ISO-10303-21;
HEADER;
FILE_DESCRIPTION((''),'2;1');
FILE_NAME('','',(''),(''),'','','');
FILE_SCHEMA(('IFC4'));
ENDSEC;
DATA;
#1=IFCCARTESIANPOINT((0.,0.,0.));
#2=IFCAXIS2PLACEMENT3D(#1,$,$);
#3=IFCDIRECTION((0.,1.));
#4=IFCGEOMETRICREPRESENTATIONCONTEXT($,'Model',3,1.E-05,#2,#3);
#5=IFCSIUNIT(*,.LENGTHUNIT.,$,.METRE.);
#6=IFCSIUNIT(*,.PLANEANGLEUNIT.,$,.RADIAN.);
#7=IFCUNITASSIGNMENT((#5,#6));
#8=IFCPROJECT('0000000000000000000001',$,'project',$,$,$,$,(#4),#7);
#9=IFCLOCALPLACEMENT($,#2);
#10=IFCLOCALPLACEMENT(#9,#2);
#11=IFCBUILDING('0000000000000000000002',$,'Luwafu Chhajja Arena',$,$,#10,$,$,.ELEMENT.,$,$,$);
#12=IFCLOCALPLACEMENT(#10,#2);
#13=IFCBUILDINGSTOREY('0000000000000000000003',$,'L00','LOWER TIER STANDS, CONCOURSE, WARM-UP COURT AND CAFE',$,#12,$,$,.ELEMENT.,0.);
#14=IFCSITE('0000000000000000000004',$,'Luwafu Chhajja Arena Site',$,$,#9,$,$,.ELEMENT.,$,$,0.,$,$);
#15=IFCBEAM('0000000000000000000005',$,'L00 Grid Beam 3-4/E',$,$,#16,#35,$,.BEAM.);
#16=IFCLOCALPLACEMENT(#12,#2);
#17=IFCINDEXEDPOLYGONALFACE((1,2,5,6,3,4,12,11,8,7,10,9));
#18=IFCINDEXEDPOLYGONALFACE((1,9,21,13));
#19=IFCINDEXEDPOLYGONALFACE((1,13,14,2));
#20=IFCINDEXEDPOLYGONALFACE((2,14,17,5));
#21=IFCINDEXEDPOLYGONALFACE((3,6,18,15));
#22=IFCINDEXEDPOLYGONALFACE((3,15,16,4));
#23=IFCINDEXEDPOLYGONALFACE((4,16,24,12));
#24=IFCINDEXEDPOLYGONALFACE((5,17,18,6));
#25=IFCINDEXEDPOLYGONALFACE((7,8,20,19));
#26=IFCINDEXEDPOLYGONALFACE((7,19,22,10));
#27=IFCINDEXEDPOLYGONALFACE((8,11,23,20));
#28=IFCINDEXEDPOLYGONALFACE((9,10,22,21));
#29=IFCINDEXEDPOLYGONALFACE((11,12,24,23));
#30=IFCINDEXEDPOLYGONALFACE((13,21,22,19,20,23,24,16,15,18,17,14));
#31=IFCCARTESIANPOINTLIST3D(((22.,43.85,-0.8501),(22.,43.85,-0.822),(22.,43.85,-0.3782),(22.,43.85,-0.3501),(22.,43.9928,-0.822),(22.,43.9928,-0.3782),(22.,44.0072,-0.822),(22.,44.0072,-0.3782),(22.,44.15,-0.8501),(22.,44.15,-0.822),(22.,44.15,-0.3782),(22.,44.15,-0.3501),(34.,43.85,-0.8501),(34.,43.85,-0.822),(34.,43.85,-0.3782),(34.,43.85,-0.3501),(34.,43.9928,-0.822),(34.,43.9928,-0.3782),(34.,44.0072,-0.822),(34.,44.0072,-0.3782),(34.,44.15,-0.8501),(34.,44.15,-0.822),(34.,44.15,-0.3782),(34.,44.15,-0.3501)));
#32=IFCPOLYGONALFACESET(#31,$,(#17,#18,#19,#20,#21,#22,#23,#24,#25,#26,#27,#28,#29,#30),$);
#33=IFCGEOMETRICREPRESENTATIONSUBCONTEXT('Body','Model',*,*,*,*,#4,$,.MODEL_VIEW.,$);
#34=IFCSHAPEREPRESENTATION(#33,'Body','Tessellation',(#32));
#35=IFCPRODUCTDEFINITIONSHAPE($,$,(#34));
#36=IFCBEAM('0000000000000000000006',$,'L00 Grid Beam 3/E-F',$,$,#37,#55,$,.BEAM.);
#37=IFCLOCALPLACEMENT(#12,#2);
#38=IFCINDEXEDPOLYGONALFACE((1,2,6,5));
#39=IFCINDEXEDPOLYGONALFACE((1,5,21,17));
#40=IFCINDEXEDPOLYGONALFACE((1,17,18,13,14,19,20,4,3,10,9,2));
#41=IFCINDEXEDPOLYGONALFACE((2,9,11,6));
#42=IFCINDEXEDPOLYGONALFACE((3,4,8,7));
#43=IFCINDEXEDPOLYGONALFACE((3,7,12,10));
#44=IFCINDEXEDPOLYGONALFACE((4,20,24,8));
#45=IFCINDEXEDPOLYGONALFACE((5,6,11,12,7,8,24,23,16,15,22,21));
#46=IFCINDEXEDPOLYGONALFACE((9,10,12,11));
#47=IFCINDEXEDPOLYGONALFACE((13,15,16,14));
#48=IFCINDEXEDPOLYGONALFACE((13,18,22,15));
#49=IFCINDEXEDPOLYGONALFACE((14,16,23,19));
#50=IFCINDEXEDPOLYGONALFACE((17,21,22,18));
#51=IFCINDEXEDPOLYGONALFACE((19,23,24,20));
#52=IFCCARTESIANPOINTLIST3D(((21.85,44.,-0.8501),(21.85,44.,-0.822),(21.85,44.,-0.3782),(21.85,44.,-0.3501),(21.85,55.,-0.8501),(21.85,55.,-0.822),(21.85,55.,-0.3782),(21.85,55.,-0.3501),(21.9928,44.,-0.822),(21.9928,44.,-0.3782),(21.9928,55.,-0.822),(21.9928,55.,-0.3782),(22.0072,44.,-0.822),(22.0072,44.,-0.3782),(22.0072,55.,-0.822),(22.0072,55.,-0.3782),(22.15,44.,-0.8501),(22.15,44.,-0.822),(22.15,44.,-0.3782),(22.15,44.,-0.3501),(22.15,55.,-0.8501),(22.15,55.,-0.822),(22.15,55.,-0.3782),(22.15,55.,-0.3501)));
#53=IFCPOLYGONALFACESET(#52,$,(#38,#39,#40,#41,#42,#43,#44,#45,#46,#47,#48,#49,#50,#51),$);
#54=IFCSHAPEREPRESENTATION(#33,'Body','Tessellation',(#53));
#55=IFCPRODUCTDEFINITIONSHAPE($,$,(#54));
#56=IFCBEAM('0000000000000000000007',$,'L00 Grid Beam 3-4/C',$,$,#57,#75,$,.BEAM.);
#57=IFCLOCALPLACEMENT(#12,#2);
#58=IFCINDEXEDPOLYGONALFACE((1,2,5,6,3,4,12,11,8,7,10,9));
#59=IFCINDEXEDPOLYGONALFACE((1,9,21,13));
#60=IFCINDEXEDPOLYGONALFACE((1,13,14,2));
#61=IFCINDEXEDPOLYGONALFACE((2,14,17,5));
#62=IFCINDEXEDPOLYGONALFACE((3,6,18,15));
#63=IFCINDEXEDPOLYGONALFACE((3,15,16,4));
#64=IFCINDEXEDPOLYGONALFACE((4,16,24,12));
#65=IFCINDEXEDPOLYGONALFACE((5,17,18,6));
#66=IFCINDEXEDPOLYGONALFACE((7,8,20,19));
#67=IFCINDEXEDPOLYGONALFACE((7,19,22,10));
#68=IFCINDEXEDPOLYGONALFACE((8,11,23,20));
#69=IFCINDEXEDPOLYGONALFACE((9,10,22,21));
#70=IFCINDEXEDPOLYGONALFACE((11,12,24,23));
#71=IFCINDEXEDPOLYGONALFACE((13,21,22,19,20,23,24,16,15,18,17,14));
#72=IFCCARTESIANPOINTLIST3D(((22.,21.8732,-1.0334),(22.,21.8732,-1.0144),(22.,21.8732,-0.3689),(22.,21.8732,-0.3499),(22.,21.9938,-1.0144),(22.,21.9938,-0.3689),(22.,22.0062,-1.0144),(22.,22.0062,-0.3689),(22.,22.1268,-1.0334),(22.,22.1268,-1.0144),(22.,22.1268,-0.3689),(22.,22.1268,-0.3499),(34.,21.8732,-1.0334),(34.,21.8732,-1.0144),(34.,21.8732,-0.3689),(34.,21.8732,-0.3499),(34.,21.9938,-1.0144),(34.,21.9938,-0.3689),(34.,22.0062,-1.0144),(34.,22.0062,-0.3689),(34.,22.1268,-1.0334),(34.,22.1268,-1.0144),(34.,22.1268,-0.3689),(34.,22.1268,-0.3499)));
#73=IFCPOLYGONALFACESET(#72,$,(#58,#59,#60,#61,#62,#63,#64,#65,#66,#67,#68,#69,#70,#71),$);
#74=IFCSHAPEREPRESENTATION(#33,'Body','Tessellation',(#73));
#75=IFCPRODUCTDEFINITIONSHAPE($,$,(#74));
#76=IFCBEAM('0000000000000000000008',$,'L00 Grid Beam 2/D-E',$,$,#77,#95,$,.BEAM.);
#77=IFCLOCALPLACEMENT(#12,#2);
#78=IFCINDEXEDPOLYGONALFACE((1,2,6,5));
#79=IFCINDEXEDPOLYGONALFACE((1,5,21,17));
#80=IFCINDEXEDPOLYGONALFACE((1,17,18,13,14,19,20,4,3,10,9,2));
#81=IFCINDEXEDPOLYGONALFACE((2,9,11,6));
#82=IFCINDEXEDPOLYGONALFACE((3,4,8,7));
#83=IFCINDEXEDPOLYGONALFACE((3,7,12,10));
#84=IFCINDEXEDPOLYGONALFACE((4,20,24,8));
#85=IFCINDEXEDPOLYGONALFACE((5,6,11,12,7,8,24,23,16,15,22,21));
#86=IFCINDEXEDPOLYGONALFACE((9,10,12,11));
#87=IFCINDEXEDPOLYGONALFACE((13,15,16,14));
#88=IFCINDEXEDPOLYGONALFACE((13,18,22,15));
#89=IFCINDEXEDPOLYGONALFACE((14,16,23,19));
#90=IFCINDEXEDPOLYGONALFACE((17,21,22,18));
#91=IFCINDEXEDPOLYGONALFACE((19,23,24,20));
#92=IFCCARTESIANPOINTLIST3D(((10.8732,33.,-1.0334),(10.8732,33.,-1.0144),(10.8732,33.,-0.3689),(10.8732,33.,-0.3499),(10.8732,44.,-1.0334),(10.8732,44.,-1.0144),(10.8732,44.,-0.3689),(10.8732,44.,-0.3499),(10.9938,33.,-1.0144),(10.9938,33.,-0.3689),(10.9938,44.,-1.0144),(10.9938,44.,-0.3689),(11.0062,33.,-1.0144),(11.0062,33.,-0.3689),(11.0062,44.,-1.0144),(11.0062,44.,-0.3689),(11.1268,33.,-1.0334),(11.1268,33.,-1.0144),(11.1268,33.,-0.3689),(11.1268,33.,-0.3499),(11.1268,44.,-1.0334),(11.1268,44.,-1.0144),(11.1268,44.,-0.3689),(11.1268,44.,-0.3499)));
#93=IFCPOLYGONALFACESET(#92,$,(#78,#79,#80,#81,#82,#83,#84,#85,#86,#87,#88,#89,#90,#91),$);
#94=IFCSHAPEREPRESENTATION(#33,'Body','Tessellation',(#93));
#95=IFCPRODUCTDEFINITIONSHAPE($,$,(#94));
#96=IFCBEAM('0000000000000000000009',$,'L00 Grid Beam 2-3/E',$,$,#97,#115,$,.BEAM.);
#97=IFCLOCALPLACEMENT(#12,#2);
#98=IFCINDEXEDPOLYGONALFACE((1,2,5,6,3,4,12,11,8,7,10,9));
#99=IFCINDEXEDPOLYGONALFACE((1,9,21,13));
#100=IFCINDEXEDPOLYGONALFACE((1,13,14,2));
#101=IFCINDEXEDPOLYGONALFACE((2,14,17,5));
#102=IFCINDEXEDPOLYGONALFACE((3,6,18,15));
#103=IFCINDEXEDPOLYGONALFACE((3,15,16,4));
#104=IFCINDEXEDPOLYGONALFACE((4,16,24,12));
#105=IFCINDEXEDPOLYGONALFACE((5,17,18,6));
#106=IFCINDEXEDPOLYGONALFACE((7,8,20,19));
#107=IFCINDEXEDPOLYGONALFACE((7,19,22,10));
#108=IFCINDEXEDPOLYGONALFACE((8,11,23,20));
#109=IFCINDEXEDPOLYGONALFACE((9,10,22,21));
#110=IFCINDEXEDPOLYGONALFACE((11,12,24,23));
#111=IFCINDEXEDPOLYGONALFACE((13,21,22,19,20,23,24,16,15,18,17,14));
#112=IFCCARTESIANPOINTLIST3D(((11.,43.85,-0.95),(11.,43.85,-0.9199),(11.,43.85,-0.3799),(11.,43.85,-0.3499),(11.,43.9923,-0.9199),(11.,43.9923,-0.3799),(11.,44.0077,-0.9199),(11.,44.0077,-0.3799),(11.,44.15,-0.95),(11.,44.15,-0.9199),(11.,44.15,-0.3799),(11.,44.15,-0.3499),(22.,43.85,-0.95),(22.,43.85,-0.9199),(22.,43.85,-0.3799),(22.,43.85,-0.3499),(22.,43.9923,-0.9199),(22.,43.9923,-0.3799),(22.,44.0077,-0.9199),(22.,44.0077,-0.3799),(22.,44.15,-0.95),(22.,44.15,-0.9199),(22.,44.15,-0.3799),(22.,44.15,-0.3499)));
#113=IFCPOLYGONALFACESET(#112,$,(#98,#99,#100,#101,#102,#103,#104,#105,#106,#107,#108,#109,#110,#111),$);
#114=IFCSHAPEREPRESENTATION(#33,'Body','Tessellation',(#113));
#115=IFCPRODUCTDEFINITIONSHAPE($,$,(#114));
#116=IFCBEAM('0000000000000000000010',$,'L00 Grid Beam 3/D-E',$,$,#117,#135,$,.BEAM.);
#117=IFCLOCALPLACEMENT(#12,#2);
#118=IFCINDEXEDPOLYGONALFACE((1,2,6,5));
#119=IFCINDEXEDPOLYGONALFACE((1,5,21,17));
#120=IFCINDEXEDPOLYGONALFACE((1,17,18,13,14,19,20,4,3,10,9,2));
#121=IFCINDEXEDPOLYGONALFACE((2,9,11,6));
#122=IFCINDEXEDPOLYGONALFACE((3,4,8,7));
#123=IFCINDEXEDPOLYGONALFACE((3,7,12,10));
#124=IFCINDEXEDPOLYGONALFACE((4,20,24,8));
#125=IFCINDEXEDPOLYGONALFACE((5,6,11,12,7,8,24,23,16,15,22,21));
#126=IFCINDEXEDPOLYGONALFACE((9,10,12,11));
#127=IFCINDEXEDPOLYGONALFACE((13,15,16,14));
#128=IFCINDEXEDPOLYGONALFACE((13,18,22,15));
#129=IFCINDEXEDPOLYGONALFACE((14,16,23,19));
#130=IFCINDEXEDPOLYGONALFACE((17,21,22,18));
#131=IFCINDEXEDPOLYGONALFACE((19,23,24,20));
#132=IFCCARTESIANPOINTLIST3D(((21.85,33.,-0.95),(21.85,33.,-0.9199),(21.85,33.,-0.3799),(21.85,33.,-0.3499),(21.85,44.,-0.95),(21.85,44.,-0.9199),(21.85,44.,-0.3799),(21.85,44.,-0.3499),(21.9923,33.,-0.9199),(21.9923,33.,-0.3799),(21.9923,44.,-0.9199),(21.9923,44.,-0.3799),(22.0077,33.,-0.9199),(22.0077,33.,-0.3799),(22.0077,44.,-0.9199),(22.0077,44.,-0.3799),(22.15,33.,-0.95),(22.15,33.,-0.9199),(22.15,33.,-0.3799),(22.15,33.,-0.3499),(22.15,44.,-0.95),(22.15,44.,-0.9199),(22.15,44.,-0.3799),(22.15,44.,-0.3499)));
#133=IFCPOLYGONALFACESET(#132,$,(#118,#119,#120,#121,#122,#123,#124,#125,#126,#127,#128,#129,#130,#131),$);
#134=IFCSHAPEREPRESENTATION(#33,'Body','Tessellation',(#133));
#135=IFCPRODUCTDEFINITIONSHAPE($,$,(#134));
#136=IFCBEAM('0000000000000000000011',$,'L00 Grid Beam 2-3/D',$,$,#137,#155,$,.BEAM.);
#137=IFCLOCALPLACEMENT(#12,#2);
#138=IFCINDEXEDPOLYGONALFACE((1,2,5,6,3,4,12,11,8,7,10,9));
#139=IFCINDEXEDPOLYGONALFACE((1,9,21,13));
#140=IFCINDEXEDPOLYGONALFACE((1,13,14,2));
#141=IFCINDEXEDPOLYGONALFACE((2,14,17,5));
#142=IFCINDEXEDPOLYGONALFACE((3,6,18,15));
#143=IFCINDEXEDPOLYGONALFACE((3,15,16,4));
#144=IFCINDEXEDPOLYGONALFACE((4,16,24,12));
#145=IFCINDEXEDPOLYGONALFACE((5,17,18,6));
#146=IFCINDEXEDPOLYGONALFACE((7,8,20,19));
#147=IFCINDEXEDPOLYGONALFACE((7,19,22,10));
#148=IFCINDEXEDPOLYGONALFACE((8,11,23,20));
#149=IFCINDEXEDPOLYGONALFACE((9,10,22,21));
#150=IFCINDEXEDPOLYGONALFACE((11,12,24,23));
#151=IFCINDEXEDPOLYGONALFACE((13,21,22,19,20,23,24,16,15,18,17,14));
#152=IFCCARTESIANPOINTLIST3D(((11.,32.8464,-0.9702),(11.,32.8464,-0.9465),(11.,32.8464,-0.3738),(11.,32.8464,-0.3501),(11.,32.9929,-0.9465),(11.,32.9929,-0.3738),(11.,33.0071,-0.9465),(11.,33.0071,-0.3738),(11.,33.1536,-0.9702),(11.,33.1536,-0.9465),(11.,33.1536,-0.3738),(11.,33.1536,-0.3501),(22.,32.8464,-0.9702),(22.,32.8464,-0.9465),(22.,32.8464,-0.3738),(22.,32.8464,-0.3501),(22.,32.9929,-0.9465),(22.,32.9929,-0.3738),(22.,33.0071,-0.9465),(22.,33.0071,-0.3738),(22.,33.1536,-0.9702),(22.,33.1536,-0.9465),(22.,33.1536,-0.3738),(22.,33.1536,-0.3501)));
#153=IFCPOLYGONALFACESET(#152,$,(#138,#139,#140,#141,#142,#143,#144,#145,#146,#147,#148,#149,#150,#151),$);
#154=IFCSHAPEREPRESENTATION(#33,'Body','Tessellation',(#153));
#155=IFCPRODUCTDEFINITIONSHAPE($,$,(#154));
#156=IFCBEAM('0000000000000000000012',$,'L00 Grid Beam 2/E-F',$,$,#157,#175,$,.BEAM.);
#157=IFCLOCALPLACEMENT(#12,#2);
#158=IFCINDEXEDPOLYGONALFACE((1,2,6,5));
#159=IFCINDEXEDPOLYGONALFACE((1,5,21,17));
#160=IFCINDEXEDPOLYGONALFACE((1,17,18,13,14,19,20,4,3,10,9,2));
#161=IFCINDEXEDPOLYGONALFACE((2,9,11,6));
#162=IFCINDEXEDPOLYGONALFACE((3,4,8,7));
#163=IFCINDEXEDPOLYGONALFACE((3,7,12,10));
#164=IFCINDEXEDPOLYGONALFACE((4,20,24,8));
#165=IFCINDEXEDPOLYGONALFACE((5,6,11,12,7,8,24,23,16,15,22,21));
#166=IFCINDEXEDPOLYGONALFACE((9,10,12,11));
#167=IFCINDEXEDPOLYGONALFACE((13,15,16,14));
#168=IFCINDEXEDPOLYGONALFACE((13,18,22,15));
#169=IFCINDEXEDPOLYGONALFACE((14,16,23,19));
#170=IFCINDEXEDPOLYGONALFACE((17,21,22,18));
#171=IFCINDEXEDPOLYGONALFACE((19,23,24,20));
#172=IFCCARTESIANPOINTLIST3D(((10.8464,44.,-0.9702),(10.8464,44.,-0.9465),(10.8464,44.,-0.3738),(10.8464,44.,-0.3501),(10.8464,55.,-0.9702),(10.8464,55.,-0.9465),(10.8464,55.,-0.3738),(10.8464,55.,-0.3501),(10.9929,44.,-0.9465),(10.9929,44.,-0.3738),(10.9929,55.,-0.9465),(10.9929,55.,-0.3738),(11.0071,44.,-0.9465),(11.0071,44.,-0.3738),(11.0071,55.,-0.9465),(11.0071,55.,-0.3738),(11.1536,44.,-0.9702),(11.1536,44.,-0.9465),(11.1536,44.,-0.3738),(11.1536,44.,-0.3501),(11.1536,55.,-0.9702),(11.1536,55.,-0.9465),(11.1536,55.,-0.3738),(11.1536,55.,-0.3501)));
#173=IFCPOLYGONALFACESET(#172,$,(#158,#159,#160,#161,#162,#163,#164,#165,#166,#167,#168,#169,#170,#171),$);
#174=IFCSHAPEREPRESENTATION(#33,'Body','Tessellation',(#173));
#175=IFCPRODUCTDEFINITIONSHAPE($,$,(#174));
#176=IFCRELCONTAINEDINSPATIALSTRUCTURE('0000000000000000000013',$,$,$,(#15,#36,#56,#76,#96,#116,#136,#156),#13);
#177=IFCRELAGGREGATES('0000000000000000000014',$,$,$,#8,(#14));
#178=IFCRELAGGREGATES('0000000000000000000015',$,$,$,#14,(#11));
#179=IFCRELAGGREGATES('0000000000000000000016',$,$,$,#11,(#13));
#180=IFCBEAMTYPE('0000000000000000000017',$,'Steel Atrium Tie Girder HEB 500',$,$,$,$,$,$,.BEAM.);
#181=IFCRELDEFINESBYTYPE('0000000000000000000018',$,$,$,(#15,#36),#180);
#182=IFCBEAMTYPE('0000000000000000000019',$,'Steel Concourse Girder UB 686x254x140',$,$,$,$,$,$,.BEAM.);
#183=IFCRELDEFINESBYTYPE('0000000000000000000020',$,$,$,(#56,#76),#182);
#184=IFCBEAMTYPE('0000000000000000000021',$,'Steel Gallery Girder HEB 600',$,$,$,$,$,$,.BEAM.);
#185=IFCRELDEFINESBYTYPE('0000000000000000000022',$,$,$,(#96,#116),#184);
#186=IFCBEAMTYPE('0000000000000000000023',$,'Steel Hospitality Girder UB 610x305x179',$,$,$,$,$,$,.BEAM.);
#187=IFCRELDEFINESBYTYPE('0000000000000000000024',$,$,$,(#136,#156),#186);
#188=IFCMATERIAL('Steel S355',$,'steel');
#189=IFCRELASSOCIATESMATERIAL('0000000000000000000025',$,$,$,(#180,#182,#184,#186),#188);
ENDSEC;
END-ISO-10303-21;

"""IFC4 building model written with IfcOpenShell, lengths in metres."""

from ifc_helpers import new_model, si_unit, direction, frame, origin, origin_2d, place, context, subcontext, project, spatial, i_section, extrude, material, material_profile, profile_set, type_object, element, save


model = new_model("IFC4")

# Units and contexts
model_context = context("Model", 3, precision=1e-05, world=origin(), true_north=direction((0.0, 1.0)))
body_context = subcontext(model_context, "Body", "Model", "MODEL_VIEW")
ifc_project = project(units=[si_unit("LENGTHUNIT", "METRE"), si_unit("PLANEANGLEUNIT", "RADIAN")], contexts=[model_context])

# Site, building, storey
site_placement = place(None, origin())
site = spatial("IfcSite", under=ifc_project, at=site_placement, Name="Luwafu Chhajja Arena Site", CompositionType="ELEMENT", RefElevation=0.0)
building_placement = place(site_placement, origin())
building = spatial("IfcBuilding", under=site, at=building_placement, Name="Luwafu Chhajja Arena", CompositionType="ELEMENT")
storey_placement = place(building_placement, origin())
storey = spatial("IfcBuildingStorey", under=building, at=storey_placement, Name="L00", Description="LOWER TIER STANDS, CONCOURSE, WARM-UP COURT AND CAFE", CompositionType="ELEMENT", Elevation=0.0)

# Shared definitions
ifc_material_1 = material(Name="Steel S355", Category="steel")

# Beams
ifc_material_profile_1 = material_profile(ifc_material_1, i_section(OverallWidth=0.3, OverallDepth=0.5, WebThickness=0.0144, FlangeThickness=0.0281, at=origin_2d()), Name="HEB 500")
ifc_profile_set_1 = profile_set([ifc_material_profile_1], Name="Steel S355")
beam_type_1 = type_object("IfcBeamType", Name="Steel Atrium Tie Girder HEB 500", PredefinedType="BEAM", material=ifc_profile_set_1)
beam_1_placement = place(storey_placement, frame((22.0, 44.0, -0.6001), z_axis=(1.0, 0.0, 0.0), x_axis=(0.0, 1.0, 0.0)))
element("IfcBeam", 1, at=beam_1_placement, inside=storey, type_object=beam_type_1, Name="L00 Grid Beam 3-4/E", PredefinedType="BEAM", context=body_context, shape_type="SweptSolid", body=[
    extrude(i_section(OverallWidth=0.3, OverallDepth=0.5, WebThickness=0.0144, FlangeThickness=0.0281, at=origin_2d()), origin(), (0.0, 0.0, 1.0), 12.0),
])
beam_2_placement = place(storey_placement, frame((22.0, 44.0, -0.6001), z_axis=(0.0, 1.0, 0.0), x_axis=(-1.0, 0.0, 0.0)))
element("IfcBeam", 2, at=beam_2_placement, inside=storey, type_object=beam_type_1, Name="L00 Grid Beam 3/E-F", PredefinedType="BEAM", context=body_context, shape_type="SweptSolid", body=[
    extrude(i_section(OverallWidth=0.3, OverallDepth=0.5, WebThickness=0.0144, FlangeThickness=0.0281, at=origin_2d()), origin(), (0.0, 0.0, 1.0), 11.0),
])
ifc_material_profile_2 = material_profile(ifc_material_1, i_section(OverallWidth=0.2537, OverallDepth=0.6836, WebThickness=0.0125, FlangeThickness=0.019, at=origin_2d()), Name="UB 686x254x140")
ifc_profile_set_2 = profile_set([ifc_material_profile_2], Name="Steel S355")
beam_type_2 = type_object("IfcBeamType", Name="Steel Concourse Girder UB 686x254x140", PredefinedType="BEAM", material=ifc_profile_set_2)
beam_3_placement = place(storey_placement, frame((22.0, 22.0, -0.6917), z_axis=(1.0, 0.0, 0.0), x_axis=(0.0, 1.0, 0.0)))
element("IfcBeam", 3, at=beam_3_placement, inside=storey, type_object=beam_type_2, Name="L00 Grid Beam 3-4/C", PredefinedType="BEAM", context=body_context, shape_type="SweptSolid", body=[
    extrude(i_section(OverallWidth=0.2537, OverallDepth=0.6836, WebThickness=0.0125, FlangeThickness=0.019, at=origin_2d()), origin(), (0.0, 0.0, 1.0), 12.0),
])
beam_4_placement = place(storey_placement, frame((11.0, 33.0, -0.6917), z_axis=(0.0, 1.0, 0.0), x_axis=(-1.0, 0.0, 0.0)))
element("IfcBeam", 4, at=beam_4_placement, inside=storey, type_object=beam_type_2, Name="L00 Grid Beam 2/D-E", PredefinedType="BEAM", context=body_context, shape_type="SweptSolid", body=[
    extrude(i_section(OverallWidth=0.2537, OverallDepth=0.6836, WebThickness=0.0125, FlangeThickness=0.019, at=origin_2d()), origin(), (0.0, 0.0, 1.0), 11.0),
])
ifc_material_profile_3 = material_profile(ifc_material_1, i_section(OverallWidth=0.3, OverallDepth=0.6001, WebThickness=0.0154, FlangeThickness=0.03, at=origin_2d()), Name="HEB 600")
ifc_profile_set_3 = profile_set([ifc_material_profile_3], Name="Steel S355")
beam_type_3 = type_object("IfcBeamType", Name="Steel Gallery Girder HEB 600", PredefinedType="BEAM", material=ifc_profile_set_3)
for number, where, z_axis, x_axis, name in (
    (5, (11.0, 44.0, -0.6499), (1.0, 0.0, 0.0), (0.0, 1.0, 0.0), "L00 Grid Beam 2-3/E"),
    (6, (22.0, 33.0, -0.6499), (0.0, 1.0, 0.0), (-1.0, 0.0, 0.0), "L00 Grid Beam 3/D-E"),
):
    element("IfcBeam", number, at=place(storey_placement, frame(where, z_axis=z_axis, x_axis=x_axis)), inside=storey, type_object=beam_type_3, Name=name, PredefinedType="BEAM", context=body_context, shape_type="SweptSolid", body=[
        extrude(i_section(OverallWidth=0.3, OverallDepth=0.6001, WebThickness=0.0154, FlangeThickness=0.03, at=origin_2d()), origin(), (0.0, 0.0, 1.0), 11.0),
    ])
ifc_material_profile_4 = material_profile(ifc_material_1, i_section(OverallWidth=0.3071, OverallDepth=0.6201, WebThickness=0.0142, FlangeThickness=0.0237, at=origin_2d()), Name="UB 610x305x179")
ifc_profile_set_4 = profile_set([ifc_material_profile_4], Name="Steel S355")
beam_type_4 = type_object("IfcBeamType", Name="Steel Hospitality Girder UB 610x305x179", PredefinedType="BEAM", material=ifc_profile_set_4)
for number, where, z_axis, x_axis, name in (
    (7, (11.0, 33.0, -0.6602), (1.0, 0.0, 0.0), (0.0, 1.0, 0.0), "L00 Grid Beam 2-3/D"),
    (8, (11.0, 44.0, -0.6602), (0.0, 1.0, 0.0), (-1.0, 0.0, 0.0), "L00 Grid Beam 2/E-F"),
):
    element("IfcBeam", number, at=place(storey_placement, frame(where, z_axis=z_axis, x_axis=x_axis)), inside=storey, type_object=beam_type_4, Name=name, PredefinedType="BEAM", context=body_context, shape_type="SweptSolid", body=[
        extrude(i_section(OverallWidth=0.3071, OverallDepth=0.6201, WebThickness=0.0142, FlangeThickness=0.0237, at=origin_2d()), origin(), (0.0, 0.0, 1.0), 11.0),
    ])

save(model, "model.ifc")
